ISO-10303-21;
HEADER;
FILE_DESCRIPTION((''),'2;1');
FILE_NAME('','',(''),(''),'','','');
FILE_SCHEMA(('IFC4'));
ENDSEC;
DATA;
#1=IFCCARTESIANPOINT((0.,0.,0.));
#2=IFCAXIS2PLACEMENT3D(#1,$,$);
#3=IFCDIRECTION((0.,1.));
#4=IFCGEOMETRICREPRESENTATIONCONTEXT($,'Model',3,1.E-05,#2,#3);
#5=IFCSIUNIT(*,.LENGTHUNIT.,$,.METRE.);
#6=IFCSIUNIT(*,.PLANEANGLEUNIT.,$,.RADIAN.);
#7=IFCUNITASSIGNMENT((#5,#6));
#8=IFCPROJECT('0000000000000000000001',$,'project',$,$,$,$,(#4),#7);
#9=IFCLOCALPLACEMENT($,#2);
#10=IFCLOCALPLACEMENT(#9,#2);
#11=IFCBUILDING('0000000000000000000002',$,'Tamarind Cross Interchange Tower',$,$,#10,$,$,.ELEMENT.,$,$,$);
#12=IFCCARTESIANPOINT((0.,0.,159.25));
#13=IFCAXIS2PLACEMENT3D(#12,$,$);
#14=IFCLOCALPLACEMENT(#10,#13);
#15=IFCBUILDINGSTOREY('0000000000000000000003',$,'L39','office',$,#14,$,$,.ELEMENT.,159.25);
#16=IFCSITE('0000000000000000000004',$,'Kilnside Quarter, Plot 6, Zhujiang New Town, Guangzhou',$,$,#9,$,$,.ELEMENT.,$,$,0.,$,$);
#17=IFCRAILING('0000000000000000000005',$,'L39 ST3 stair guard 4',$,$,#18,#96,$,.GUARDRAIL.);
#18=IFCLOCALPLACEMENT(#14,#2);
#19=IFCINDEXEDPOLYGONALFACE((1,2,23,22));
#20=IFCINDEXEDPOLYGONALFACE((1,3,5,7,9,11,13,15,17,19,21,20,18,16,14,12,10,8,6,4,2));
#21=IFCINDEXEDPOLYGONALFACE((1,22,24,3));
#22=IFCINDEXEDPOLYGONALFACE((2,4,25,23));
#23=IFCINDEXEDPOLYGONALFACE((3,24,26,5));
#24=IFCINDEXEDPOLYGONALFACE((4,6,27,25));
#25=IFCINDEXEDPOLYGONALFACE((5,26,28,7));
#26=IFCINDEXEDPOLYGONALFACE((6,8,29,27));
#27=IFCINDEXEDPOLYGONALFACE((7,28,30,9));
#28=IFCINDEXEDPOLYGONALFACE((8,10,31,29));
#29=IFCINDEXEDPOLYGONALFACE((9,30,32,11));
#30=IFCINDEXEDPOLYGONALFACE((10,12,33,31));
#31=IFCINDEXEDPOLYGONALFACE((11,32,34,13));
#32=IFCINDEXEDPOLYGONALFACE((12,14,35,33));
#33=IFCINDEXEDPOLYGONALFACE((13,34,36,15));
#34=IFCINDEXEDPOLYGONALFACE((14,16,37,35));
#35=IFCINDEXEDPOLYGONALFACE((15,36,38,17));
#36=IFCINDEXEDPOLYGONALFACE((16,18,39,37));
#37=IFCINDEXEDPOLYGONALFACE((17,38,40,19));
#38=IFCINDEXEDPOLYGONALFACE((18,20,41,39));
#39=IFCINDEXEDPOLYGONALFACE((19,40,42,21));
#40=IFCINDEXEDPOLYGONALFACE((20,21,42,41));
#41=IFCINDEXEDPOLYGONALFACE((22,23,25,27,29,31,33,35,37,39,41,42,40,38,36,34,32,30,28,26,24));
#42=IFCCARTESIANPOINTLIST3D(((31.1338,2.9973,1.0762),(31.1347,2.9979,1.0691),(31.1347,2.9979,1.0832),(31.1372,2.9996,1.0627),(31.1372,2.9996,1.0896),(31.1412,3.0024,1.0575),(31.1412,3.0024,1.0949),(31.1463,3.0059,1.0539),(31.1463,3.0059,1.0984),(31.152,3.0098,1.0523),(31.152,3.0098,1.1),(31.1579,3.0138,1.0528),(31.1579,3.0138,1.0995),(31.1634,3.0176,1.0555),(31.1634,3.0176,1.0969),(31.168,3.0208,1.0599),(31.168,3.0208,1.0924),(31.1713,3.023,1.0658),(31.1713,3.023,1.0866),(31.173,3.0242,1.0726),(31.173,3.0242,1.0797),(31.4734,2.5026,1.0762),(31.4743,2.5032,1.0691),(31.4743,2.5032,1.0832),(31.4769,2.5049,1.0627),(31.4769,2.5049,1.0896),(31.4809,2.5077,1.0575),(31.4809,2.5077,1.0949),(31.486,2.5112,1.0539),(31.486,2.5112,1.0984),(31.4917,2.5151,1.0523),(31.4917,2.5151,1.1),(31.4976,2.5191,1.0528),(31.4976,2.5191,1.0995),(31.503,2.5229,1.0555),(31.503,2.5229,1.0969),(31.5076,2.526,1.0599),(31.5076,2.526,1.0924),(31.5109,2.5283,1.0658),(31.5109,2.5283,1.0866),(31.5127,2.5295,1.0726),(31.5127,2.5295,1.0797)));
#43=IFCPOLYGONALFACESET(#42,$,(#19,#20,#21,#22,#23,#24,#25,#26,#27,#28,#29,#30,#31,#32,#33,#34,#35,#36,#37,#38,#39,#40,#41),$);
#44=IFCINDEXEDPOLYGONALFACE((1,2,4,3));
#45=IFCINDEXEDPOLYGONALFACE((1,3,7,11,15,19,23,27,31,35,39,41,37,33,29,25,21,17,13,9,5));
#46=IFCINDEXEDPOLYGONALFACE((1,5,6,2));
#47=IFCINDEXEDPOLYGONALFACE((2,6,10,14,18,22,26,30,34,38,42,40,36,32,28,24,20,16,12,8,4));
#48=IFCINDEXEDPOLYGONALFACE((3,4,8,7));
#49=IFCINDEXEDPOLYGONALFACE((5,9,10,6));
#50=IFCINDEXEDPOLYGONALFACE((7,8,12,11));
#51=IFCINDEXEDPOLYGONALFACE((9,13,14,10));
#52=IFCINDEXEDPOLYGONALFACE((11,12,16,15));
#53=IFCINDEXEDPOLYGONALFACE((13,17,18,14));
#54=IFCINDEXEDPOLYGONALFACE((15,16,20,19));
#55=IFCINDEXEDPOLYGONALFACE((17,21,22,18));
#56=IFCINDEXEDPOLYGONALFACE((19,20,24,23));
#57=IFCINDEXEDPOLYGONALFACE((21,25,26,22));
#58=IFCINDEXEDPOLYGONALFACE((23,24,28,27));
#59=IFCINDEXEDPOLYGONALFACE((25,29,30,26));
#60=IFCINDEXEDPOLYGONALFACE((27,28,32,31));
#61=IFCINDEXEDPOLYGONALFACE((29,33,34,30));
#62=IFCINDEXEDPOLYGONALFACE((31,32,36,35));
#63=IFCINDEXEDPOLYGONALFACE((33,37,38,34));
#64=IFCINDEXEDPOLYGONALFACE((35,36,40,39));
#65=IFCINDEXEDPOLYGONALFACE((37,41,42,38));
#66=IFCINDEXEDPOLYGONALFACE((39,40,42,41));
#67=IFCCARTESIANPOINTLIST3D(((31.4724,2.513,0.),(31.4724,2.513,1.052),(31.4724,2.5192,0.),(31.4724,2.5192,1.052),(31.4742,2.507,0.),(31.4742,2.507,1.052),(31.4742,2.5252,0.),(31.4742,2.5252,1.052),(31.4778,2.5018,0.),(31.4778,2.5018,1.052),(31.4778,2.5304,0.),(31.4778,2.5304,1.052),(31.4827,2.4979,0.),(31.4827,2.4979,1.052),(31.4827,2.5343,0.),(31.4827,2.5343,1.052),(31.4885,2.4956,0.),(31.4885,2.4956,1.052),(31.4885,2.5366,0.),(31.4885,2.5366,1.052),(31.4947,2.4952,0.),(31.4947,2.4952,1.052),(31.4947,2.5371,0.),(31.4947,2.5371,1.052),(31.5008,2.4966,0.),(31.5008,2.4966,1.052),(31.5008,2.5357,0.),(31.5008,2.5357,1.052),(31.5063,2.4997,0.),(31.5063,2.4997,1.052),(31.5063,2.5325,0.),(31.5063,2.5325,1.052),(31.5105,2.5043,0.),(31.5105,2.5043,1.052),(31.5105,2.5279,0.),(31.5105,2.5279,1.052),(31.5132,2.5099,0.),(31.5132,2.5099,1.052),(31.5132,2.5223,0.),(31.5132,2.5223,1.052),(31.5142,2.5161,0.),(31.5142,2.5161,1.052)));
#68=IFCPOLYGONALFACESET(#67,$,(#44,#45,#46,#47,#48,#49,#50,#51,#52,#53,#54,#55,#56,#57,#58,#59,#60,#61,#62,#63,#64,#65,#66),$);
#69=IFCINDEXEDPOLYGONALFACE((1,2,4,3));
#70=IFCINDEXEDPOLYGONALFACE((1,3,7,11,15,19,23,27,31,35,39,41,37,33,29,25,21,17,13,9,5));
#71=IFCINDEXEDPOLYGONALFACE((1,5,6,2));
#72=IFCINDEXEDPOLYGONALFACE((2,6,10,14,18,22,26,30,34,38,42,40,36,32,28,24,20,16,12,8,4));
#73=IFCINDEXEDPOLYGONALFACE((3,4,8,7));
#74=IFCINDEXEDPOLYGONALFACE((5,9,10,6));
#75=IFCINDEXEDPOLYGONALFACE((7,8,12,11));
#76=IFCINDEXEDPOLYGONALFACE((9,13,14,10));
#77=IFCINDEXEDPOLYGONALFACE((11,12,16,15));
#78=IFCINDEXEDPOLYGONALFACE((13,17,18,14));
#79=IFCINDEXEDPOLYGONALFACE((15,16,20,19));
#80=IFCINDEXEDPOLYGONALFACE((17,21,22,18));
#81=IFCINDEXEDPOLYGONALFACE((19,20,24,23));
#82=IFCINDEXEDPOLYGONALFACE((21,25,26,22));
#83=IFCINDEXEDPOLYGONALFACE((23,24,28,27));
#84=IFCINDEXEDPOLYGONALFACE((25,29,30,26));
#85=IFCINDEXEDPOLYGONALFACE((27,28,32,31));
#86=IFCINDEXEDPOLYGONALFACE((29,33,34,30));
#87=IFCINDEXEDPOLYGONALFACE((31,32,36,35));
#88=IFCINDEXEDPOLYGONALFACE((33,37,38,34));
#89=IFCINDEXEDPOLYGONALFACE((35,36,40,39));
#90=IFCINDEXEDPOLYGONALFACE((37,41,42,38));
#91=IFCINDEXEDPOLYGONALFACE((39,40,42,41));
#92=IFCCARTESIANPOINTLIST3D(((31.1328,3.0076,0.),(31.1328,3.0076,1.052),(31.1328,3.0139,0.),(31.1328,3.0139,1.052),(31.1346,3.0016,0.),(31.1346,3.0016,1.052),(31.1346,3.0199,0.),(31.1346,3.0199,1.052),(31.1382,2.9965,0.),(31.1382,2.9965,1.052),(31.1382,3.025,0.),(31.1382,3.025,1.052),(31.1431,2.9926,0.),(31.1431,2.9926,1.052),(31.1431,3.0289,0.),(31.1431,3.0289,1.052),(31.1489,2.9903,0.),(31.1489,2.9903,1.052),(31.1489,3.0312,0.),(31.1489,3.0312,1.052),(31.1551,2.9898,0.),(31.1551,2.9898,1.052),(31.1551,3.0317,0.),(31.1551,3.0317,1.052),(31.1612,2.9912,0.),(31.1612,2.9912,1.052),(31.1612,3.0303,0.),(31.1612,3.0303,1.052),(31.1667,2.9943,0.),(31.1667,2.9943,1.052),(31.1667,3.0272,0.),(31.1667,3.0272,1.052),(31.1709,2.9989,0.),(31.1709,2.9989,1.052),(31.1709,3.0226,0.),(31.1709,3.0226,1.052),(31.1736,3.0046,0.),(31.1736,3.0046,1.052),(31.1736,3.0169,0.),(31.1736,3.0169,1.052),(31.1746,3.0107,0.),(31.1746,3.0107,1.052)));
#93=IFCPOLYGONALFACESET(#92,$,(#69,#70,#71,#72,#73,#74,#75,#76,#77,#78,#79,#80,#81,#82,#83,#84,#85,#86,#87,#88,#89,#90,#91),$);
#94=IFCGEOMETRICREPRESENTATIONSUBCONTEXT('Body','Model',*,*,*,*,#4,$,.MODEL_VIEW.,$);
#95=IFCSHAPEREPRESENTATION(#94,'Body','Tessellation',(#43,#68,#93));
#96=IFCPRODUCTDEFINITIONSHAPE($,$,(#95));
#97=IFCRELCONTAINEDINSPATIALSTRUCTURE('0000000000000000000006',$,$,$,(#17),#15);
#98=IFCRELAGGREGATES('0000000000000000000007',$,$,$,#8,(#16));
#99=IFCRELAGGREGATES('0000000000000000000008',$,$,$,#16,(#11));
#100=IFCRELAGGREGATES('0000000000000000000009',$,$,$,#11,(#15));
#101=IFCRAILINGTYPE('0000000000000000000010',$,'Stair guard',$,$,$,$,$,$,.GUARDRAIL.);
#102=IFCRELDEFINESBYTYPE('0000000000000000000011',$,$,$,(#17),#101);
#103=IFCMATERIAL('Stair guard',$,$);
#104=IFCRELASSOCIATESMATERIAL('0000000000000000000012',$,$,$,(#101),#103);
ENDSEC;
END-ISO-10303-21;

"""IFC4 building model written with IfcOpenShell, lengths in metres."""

from ifc_helpers import new_model, si_unit, direction, frame, origin, origin_2d, place, context, subcontext, project, spatial, circle, extrude, material, type_object, element, save


model = new_model("IFC4")

# Units and contexts
model_context = context("Model", 3, precision=1e-05, world=origin(), true_north=direction((0.0, 1.0)))
body_context = subcontext(model_context, "Body", "Model", "MODEL_VIEW")
ifc_project = project(units=[si_unit("LENGTHUNIT", "METRE"), si_unit("PLANEANGLEUNIT", "RADIAN")], contexts=[model_context])

# Site, building, storey
site_placement = place(None, origin())
site = spatial("IfcSite", under=ifc_project, at=site_placement, Name="Kilnside Quarter, Plot 6, Zhujiang New Town, Guangzhou", CompositionType="ELEMENT", RefElevation=0.0)
building_placement = place(site_placement, origin())
building = spatial("IfcBuilding", under=site, at=building_placement, Name="Tamarind Cross Interchange Tower", CompositionType="ELEMENT")
storey_placement = place(building_placement, frame((0.0, 0.0, 159.25)))
storey = spatial("IfcBuildingStorey", under=building, at=storey_placement, Name="L39", Description="office", CompositionType="ELEMENT", Elevation=159.25)

# Railing
ifc_material_1 = material(Name="Stair guard")
railing_type = type_object("IfcRailingType", Name="Stair guard", PredefinedType="GUARDRAIL", material=ifc_material_1)
railing_1_placement = place(storey_placement, frame((31.4932, 2.5161, 0.0)))
element("IfcRailing", 1, at=railing_1_placement, inside=storey, type_object=railing_type, Name="L39 ST3 stair guard 4", PredefinedType="GUARDRAIL", context=body_context, shape_type="SweptSolid", body=[
    extrude(circle(Radius=0.0239, at=origin_2d()), frame((0.0, 0.0, 1.0762), z_axis=(-0.566011, 0.824398, 0.0), x_axis=(-0.824398, -0.566011, 0.0)), (0.0, 0.0, 1.0), 0.6001),
    extrude(circle(Radius=0.021, at=origin_2d()), origin(), (0.0, 0.0, 1.0), 1.052),
    extrude(circle(Radius=0.021, at=origin_2d()), frame((-0.3396, 0.4946, 0.0)), (0.0, 0.0, 1.0), 1.052),
])

save(model, "model.ifc")
